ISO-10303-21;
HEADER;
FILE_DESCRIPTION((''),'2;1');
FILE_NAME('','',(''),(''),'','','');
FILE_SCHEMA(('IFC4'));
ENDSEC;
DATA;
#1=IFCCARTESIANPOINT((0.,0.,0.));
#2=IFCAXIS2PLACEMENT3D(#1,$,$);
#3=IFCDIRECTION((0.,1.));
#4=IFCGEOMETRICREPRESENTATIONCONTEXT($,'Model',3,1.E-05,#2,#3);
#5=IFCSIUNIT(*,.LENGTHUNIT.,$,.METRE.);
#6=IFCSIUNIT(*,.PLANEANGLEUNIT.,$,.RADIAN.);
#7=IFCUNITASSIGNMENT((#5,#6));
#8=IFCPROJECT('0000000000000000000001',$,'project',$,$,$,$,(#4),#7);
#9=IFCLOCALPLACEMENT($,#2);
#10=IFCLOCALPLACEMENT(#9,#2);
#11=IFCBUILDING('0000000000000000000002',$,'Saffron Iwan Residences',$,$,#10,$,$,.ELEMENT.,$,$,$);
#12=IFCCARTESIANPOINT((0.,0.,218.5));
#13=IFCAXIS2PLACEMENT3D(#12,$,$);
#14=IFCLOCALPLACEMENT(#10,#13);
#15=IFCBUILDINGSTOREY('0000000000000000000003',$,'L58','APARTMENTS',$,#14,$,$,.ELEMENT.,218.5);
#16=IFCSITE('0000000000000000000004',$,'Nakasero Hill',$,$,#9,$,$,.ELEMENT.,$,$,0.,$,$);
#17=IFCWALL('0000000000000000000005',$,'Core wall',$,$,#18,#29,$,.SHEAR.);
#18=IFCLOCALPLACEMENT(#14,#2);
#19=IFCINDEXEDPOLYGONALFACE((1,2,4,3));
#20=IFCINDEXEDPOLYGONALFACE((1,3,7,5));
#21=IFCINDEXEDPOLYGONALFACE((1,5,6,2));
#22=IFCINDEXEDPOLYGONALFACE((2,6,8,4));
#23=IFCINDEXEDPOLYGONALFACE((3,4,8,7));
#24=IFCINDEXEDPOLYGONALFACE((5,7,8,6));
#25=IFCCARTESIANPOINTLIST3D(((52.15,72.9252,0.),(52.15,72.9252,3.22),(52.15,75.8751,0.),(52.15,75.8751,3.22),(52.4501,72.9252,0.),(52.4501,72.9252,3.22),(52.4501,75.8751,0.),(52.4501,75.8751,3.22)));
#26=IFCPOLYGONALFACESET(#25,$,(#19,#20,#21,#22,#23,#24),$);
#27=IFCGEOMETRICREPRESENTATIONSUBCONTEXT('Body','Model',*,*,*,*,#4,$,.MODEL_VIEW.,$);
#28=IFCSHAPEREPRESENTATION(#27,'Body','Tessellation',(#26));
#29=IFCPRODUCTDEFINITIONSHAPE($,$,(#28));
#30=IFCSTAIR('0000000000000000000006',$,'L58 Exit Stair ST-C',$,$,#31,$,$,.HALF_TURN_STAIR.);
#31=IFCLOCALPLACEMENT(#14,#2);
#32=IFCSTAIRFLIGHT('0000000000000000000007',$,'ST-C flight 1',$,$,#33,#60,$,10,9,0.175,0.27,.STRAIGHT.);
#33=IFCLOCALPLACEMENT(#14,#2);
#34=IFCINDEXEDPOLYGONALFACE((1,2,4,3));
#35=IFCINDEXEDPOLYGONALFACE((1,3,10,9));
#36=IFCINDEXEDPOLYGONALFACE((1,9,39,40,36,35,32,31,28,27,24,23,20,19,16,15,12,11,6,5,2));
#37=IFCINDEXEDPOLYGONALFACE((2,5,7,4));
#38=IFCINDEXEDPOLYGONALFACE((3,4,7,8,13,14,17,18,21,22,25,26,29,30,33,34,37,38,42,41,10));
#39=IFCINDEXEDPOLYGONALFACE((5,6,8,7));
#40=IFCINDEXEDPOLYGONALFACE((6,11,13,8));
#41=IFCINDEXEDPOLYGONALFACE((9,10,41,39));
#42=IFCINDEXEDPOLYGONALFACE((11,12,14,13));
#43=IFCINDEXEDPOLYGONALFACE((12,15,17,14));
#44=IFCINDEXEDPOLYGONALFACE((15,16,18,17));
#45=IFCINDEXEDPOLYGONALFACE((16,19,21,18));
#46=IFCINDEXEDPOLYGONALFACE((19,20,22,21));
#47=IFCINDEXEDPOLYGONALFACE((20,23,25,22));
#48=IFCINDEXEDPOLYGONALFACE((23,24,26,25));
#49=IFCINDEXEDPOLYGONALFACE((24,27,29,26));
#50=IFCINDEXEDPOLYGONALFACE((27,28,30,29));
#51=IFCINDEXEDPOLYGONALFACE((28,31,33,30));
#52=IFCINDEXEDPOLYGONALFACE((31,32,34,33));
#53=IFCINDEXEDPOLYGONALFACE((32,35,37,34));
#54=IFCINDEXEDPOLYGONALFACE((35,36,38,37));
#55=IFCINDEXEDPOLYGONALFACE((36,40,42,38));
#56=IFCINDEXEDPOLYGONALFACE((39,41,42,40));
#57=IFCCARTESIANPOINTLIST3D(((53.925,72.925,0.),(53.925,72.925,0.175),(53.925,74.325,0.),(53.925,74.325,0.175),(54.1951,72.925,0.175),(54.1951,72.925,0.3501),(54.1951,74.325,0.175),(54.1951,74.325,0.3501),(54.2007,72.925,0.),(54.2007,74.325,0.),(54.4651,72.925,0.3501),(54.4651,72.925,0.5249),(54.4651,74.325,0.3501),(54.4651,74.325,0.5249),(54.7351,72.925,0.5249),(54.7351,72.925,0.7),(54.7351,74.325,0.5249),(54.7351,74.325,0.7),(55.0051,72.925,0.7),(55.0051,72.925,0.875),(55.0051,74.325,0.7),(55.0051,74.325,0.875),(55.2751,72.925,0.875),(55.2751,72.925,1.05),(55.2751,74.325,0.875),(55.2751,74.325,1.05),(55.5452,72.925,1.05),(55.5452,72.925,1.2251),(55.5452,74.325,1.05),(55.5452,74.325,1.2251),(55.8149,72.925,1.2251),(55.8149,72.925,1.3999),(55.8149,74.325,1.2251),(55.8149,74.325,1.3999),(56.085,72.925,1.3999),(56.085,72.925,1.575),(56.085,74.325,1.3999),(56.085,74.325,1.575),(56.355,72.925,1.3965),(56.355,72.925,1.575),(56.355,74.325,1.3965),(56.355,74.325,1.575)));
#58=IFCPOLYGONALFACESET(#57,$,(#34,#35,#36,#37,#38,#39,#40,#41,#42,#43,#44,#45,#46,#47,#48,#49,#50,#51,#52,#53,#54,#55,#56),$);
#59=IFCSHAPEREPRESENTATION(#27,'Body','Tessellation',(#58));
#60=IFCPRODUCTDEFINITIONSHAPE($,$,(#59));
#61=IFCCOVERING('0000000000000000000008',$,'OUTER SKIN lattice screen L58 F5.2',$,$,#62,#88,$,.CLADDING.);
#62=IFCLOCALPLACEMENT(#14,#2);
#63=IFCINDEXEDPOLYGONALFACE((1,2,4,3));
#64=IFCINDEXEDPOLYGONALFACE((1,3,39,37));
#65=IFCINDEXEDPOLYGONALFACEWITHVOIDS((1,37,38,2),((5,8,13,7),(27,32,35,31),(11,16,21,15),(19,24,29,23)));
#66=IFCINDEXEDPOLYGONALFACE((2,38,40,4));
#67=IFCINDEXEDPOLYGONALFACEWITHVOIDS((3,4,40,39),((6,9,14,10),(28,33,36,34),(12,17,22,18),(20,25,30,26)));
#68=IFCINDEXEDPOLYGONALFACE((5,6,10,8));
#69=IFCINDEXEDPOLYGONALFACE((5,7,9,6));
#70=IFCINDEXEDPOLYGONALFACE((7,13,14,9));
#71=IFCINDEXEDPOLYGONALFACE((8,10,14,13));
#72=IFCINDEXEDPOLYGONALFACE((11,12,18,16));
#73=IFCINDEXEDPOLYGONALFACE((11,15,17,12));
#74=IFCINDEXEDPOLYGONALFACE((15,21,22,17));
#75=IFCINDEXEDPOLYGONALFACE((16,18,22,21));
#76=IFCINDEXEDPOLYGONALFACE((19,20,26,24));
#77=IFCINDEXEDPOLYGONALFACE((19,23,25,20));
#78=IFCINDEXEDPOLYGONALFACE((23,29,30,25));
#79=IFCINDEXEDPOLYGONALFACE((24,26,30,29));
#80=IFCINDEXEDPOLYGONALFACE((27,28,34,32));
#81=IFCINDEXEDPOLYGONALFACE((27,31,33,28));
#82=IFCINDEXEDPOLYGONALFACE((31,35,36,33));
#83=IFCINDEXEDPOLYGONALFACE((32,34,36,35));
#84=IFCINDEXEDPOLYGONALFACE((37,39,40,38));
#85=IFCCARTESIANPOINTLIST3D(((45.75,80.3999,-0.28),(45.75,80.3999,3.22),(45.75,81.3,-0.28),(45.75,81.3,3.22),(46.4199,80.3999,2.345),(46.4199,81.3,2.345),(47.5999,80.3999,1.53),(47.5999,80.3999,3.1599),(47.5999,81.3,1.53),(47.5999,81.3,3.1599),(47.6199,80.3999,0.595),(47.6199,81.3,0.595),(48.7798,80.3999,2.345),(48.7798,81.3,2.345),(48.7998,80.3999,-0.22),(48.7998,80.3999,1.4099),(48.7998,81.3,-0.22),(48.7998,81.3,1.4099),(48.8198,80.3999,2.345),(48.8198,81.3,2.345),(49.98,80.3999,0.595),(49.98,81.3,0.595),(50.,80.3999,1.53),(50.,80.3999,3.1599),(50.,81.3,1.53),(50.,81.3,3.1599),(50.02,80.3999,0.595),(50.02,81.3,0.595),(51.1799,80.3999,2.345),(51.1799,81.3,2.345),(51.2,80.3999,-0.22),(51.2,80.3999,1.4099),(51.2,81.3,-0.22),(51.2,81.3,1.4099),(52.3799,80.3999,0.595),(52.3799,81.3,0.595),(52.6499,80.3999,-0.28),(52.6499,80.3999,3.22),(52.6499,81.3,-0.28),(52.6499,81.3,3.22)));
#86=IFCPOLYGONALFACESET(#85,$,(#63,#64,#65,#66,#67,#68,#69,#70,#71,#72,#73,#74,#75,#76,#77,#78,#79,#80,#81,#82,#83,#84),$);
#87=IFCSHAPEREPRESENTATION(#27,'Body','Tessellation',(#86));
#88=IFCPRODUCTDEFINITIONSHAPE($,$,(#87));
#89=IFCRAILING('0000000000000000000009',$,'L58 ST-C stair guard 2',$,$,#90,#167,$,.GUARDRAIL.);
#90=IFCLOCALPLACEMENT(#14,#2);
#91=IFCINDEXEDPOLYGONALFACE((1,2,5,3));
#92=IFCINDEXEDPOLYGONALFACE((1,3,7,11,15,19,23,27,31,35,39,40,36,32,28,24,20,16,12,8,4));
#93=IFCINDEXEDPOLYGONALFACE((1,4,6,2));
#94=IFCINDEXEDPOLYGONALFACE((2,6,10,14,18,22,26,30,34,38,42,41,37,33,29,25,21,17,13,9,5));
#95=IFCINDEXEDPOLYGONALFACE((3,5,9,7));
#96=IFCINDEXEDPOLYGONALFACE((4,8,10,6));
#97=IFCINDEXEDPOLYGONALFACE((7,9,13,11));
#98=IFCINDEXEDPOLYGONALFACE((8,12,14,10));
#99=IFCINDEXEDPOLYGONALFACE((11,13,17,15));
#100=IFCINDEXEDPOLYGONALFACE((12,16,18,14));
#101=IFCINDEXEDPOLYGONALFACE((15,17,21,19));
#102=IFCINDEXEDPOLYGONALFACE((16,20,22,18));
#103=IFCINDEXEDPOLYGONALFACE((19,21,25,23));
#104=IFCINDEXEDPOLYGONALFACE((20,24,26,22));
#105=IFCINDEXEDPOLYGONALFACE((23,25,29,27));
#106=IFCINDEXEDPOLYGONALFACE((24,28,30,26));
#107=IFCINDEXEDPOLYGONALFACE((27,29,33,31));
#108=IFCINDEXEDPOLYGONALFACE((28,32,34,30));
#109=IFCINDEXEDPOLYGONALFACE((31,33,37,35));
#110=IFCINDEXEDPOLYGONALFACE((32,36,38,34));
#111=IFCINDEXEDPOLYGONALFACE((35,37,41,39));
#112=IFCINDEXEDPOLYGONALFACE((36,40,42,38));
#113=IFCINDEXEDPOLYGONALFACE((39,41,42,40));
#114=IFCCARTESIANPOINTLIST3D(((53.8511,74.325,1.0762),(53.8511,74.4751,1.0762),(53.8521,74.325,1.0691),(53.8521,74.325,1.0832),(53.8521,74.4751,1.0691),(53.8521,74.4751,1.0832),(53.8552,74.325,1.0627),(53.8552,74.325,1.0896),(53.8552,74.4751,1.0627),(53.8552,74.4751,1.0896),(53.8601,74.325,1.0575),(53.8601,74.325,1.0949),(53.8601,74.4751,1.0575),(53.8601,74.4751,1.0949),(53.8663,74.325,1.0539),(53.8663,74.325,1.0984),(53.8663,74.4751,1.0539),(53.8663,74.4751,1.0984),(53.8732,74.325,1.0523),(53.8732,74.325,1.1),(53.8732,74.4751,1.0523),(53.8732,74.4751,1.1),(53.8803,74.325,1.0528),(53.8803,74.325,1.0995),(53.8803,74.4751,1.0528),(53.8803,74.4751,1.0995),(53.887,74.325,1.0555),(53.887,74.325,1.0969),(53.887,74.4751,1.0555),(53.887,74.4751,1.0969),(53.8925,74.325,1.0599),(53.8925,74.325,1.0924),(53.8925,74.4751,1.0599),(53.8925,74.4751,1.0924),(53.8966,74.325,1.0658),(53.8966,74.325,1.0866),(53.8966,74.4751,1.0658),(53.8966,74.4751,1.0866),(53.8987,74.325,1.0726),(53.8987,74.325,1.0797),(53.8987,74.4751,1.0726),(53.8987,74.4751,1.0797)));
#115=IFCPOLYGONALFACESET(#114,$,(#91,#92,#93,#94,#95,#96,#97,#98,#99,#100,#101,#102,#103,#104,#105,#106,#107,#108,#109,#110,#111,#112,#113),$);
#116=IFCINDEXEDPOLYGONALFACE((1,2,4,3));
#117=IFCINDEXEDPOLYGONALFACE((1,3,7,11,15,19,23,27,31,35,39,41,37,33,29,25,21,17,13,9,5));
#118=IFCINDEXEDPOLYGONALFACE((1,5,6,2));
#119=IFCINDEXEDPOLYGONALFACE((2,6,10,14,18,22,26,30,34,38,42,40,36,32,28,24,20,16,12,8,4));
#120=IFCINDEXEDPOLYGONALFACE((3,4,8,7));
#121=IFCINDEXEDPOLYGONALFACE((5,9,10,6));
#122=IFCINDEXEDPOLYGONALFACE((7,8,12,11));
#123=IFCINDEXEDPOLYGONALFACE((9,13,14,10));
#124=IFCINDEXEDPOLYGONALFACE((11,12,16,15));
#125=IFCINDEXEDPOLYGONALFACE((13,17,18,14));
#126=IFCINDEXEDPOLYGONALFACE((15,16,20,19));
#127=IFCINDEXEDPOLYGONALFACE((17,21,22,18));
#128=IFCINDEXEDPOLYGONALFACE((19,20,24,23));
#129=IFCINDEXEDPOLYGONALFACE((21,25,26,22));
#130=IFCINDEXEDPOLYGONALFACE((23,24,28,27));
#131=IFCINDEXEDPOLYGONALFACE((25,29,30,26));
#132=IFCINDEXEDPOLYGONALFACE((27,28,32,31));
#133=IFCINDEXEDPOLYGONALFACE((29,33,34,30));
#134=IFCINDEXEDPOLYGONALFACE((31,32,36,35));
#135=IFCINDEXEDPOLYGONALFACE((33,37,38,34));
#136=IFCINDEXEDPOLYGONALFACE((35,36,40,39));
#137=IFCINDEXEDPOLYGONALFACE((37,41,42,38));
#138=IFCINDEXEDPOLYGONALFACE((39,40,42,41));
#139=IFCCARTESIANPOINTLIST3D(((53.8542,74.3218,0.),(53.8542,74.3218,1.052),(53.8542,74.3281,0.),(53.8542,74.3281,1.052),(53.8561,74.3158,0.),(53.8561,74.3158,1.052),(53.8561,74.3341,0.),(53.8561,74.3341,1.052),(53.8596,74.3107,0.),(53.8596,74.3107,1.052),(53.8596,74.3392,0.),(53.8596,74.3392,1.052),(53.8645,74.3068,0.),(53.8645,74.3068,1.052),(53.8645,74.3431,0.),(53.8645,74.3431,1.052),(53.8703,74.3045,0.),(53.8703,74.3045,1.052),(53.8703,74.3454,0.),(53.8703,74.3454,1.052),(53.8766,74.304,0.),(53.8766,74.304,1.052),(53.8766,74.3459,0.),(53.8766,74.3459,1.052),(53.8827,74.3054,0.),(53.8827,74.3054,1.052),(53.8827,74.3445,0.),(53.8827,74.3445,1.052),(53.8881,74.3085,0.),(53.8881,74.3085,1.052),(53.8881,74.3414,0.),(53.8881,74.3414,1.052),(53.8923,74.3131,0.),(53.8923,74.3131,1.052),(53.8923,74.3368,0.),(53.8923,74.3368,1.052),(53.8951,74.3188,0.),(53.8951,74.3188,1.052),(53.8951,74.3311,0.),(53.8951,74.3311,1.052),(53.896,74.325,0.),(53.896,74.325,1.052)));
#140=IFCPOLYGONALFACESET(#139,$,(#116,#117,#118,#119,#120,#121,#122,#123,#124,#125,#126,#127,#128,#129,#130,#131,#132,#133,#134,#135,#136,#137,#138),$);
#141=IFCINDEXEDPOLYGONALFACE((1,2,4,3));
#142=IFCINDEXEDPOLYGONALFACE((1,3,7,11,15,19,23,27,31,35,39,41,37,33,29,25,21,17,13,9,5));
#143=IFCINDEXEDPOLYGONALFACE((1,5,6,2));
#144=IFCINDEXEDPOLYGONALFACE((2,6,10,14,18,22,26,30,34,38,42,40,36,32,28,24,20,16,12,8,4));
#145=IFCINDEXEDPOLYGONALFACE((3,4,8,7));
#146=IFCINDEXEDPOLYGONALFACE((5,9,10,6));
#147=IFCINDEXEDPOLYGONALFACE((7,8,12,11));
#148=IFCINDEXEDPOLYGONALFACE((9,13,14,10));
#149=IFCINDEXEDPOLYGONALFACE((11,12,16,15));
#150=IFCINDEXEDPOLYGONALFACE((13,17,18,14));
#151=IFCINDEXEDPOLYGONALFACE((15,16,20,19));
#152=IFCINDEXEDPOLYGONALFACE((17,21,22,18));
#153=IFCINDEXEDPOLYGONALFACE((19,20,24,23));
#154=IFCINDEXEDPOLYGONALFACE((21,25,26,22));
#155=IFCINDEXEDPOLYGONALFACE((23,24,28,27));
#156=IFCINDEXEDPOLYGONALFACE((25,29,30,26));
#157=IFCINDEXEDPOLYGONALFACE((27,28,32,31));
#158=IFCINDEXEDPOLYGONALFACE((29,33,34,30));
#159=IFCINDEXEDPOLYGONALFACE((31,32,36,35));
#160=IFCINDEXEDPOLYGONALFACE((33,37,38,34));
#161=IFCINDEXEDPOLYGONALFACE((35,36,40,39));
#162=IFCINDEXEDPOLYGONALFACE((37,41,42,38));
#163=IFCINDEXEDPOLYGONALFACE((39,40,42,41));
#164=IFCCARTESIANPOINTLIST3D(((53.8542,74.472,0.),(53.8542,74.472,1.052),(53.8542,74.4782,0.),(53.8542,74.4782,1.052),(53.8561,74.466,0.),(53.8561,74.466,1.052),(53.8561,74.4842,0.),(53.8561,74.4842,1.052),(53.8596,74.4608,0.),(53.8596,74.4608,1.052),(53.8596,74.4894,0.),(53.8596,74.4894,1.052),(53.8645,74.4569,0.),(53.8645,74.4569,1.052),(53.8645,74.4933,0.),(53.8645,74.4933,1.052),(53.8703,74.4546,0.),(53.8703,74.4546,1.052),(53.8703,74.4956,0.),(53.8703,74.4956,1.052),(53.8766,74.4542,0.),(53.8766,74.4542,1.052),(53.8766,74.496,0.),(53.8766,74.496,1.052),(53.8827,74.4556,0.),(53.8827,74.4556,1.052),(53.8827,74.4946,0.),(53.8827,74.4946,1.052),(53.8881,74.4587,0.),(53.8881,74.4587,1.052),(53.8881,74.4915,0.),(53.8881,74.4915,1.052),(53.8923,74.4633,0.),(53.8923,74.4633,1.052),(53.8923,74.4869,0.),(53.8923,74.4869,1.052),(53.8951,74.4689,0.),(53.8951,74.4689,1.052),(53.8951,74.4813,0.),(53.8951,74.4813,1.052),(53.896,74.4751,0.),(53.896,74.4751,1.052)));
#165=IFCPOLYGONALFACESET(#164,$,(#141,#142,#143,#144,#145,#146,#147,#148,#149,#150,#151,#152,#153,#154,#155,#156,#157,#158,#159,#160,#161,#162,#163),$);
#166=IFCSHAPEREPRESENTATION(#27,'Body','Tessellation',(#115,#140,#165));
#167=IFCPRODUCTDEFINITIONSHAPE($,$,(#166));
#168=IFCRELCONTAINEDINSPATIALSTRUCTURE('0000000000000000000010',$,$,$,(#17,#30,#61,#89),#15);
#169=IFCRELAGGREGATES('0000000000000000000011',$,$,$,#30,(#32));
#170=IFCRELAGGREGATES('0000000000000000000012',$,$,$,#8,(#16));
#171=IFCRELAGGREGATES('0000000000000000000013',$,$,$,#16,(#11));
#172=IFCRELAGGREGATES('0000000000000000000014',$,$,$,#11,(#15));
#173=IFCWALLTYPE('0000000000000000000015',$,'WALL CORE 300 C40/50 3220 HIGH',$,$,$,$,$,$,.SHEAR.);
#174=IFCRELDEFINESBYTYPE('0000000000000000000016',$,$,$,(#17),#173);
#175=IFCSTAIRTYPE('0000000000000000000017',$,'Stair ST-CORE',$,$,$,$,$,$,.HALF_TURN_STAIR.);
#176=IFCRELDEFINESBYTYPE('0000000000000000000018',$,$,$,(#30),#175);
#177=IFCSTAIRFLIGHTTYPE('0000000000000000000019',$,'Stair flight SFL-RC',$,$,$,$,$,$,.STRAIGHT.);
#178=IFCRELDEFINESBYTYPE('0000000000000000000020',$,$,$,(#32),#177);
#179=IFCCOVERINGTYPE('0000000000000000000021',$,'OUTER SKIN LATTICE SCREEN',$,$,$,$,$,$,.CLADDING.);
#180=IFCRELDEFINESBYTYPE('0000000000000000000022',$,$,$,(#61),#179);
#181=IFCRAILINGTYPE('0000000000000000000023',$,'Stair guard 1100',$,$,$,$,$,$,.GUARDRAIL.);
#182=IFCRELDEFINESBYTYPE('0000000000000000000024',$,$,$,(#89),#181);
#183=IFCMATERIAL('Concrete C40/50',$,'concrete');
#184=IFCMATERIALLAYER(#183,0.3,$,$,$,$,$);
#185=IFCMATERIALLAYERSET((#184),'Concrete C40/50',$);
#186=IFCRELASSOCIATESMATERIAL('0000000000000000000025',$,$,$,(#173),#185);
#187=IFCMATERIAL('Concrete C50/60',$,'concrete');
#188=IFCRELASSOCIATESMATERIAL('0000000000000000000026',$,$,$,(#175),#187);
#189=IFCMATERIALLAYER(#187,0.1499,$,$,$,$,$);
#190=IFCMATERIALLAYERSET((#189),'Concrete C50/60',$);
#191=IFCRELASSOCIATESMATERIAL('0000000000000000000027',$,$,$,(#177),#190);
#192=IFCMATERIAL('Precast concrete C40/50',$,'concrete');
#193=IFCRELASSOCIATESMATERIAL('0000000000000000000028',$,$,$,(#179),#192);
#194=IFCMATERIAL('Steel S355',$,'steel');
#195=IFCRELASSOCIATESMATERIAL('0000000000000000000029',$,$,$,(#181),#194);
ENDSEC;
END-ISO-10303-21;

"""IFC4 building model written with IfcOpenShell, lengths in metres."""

from ifc_helpers import new_model, si_unit, direction, frame, frame_2d, origin, origin_2d, place, context, subcontext, project, spatial, polyline, rectangle, circle, outline, extrude, material, layer, layer_set, type_object, element, aggregate, save


model = new_model("IFC4")

# Units and contexts
model_context = context("Model", 3, precision=1e-05, world=origin(), true_north=direction((0.0, 1.0)))
body_context = subcontext(model_context, "Body", "Model", "MODEL_VIEW")
ifc_project = project(units=[si_unit("LENGTHUNIT", "METRE"), si_unit("PLANEANGLEUNIT", "RADIAN")], contexts=[model_context])

# Site, building, storey
site_placement = place(None, origin())
site = spatial("IfcSite", under=ifc_project, at=site_placement, Name="Nakasero Hill", CompositionType="ELEMENT", RefElevation=0.0)
building_placement = place(site_placement, origin())
building = spatial("IfcBuilding", under=site, at=building_placement, Name="Saffron Iwan Residences", CompositionType="ELEMENT")
storey_placement = place(building_placement, frame((0.0, 0.0, 218.5)))
storey = spatial("IfcBuildingStorey", under=building, at=storey_placement, Name="L58", Description="APARTMENTS", CompositionType="ELEMENT", Elevation=218.5)

# Shared definitions
ifc_material_1 = material(Name="Concrete C40/50", Category="concrete")

# Wall
ifc_layer_1 = layer(ifc_material_1, 0.3)
ifc_layer_set_1 = layer_set([ifc_layer_1], Name="Concrete C40/50")
wall_type_1 = type_object("IfcWallType", Name="WALL CORE 300 C40/50 3220 HIGH", PredefinedType="SHEAR", material=ifc_layer_set_1)
for number, where, z_axis, x_axis, name in (
    (1, (52.3, 72.925, 0.0), (0.0, 0.0, 1.0), (0.0, 1.0, 0.0), "Core wall"),
):
    element("IfcWall", number, at=place(storey_placement, frame(where, z_axis=z_axis, x_axis=x_axis)), inside=storey, type_object=wall_type_1, Name=name, PredefinedType="SHEAR", context=body_context, shape_type="SweptSolid", body=[
        extrude(rectangle(XDim=2.95, YDim=0.3, at=frame_2d((1.4751, 0.0))), origin(), (0.0, 0.0, 1.0), 3.22),
    ])

# Stair, stair flight
ifc_material_2 = material(Name="Concrete C50/60", Category="concrete")
stair_type = type_object("IfcStairType", Name="Stair ST-CORE", PredefinedType="HALF_TURN_STAIR", material=ifc_material_2)
stair_placement = place(storey_placement, origin())
stair = element("IfcStair", 2, at=stair_placement, inside=storey, type_object=stair_type, Name="L58 Exit Stair ST-C", PredefinedType="HALF_TURN_STAIR")
ifc_layer_2 = layer(ifc_material_2, 0.1499)
ifc_layer_set_2 = layer_set([ifc_layer_2], Name="Concrete C50/60")
stair_flight_type = type_object("IfcStairFlightType", Name="Stair flight SFL-RC", PredefinedType="STRAIGHT", material=ifc_layer_set_2)
stair_flight_placement = place(storey_placement, frame((53.925, 73.625, 0.0), z_axis=(0.0, 0.0, 1.0), x_axis=(1.0, 0.0, 0.0)))
stair_flight = element("IfcStairFlight", 3, at=stair_flight_placement, type_object=stair_flight_type, Name="ST-C flight 1", NumberOfRisers=10, NumberOfTreads=9, PredefinedType="STRAIGHT", RiserHeight=0.175, TreadLength=0.27, context=body_context, shape_type="SweptSolid", body=[
    extrude(outline(polyline([(0.0, 0.0), (0.0, 0.175), (0.27, 0.175), (0.27, 0.3501), (0.54, 0.3501), (0.54, 0.5249), (0.8101, 0.5249), (0.8101, 0.7), (1.0801, 0.7), (1.0801, 0.875), (1.3501, 0.875), (1.3501, 1.05), (1.6201, 1.05), (1.6201, 1.2251), (1.8899, 1.2251), (1.8899, 1.3999), (2.1599, 1.3999), (2.1599, 1.575), (2.4299, 1.575), (2.4299, 1.75), (2.4299, 1.3965), (0.2756, 0.0), (0.0, 0.0)])), frame((0.0, 0.7, 0.0), z_axis=(0.0, -1.0, 0.0), x_axis=(1.0, 0.0, 0.0)), (0.0, 0.0, 1.0), 1.3999),
])
aggregate(stair, [stair_flight])

# Covering
ifc_material_3 = material(Name="Precast concrete C40/50", Category="concrete")
covering_type_1 = type_object("IfcCoveringType", Name="OUTER SKIN LATTICE SCREEN", PredefinedType="CLADDING", material=ifc_material_3)
covering_placement = place(storey_placement, frame((52.6499, 80.3999, -0.28), z_axis=(0.0, 1.0, 0.0), x_axis=(-1.0, 0.0, 0.0)))
element("IfcCovering", 4, at=covering_placement, inside=storey, type_object=covering_type_1, Name="OUTER SKIN lattice screen L58 F5.2", PredefinedType="CLADDING", context=body_context, shape_type="SweptSolid", body=[
    extrude(outline(polyline([(0.0, 0.0), (6.8999, 0.0), (6.8999, 3.5), (0.0, 3.5), (0.0, 0.0)]), holes=[polyline([(0.27, 0.875), (1.45, 0.0601), (2.6299, 0.875), (1.45, 1.6899), (0.27, 0.875)]), polyline([(2.6699, 0.875), (3.8501, 0.0601), (5.03, 0.875), (3.8501, 1.6899), (2.6699, 0.875)]), polyline([(1.47, 2.625), (2.6499, 1.8101), (3.8301, 2.625), (2.6499, 3.4399), (1.47, 2.625)]), polyline([(3.8701, 2.625), (5.05, 1.8101), (6.23, 2.625), (5.05, 3.4399), (3.8701, 2.625)])]), origin(), (0.0, 0.0, 1.0), 0.9001),
])

# Railing
ifc_material_4 = material(Name="Steel S355", Category="steel")
railing_type_1 = type_object("IfcRailingType", Name="Stair guard 1100", PredefinedType="GUARDRAIL", material=ifc_material_4)
railing_1_placement = place(storey_placement, frame((53.875, 74.325, 0.0)))
element("IfcRailing", 5, at=railing_1_placement, inside=storey, type_object=railing_type_1, Name="L58 ST-C stair guard 2", PredefinedType="GUARDRAIL", context=body_context, shape_type="SweptSolid", body=[
    extrude(circle(Radius=0.0239, at=origin_2d()), frame((0.0, 0.0, 1.0762), z_axis=(0.0, 1.0, 0.0), x_axis=(-1.0, 0.0, 0.0)), (0.0, 0.0, 1.0), 0.1501),
    extrude(circle(Radius=0.021, at=origin_2d()), origin(), (0.0, 0.0, 1.0), 1.052),
    extrude(circle(Radius=0.021, at=origin_2d()), frame((0.0, 0.1501, 0.0)), (0.0, 0.0, 1.0), 1.052),
])

save(model, "model.ifc")
